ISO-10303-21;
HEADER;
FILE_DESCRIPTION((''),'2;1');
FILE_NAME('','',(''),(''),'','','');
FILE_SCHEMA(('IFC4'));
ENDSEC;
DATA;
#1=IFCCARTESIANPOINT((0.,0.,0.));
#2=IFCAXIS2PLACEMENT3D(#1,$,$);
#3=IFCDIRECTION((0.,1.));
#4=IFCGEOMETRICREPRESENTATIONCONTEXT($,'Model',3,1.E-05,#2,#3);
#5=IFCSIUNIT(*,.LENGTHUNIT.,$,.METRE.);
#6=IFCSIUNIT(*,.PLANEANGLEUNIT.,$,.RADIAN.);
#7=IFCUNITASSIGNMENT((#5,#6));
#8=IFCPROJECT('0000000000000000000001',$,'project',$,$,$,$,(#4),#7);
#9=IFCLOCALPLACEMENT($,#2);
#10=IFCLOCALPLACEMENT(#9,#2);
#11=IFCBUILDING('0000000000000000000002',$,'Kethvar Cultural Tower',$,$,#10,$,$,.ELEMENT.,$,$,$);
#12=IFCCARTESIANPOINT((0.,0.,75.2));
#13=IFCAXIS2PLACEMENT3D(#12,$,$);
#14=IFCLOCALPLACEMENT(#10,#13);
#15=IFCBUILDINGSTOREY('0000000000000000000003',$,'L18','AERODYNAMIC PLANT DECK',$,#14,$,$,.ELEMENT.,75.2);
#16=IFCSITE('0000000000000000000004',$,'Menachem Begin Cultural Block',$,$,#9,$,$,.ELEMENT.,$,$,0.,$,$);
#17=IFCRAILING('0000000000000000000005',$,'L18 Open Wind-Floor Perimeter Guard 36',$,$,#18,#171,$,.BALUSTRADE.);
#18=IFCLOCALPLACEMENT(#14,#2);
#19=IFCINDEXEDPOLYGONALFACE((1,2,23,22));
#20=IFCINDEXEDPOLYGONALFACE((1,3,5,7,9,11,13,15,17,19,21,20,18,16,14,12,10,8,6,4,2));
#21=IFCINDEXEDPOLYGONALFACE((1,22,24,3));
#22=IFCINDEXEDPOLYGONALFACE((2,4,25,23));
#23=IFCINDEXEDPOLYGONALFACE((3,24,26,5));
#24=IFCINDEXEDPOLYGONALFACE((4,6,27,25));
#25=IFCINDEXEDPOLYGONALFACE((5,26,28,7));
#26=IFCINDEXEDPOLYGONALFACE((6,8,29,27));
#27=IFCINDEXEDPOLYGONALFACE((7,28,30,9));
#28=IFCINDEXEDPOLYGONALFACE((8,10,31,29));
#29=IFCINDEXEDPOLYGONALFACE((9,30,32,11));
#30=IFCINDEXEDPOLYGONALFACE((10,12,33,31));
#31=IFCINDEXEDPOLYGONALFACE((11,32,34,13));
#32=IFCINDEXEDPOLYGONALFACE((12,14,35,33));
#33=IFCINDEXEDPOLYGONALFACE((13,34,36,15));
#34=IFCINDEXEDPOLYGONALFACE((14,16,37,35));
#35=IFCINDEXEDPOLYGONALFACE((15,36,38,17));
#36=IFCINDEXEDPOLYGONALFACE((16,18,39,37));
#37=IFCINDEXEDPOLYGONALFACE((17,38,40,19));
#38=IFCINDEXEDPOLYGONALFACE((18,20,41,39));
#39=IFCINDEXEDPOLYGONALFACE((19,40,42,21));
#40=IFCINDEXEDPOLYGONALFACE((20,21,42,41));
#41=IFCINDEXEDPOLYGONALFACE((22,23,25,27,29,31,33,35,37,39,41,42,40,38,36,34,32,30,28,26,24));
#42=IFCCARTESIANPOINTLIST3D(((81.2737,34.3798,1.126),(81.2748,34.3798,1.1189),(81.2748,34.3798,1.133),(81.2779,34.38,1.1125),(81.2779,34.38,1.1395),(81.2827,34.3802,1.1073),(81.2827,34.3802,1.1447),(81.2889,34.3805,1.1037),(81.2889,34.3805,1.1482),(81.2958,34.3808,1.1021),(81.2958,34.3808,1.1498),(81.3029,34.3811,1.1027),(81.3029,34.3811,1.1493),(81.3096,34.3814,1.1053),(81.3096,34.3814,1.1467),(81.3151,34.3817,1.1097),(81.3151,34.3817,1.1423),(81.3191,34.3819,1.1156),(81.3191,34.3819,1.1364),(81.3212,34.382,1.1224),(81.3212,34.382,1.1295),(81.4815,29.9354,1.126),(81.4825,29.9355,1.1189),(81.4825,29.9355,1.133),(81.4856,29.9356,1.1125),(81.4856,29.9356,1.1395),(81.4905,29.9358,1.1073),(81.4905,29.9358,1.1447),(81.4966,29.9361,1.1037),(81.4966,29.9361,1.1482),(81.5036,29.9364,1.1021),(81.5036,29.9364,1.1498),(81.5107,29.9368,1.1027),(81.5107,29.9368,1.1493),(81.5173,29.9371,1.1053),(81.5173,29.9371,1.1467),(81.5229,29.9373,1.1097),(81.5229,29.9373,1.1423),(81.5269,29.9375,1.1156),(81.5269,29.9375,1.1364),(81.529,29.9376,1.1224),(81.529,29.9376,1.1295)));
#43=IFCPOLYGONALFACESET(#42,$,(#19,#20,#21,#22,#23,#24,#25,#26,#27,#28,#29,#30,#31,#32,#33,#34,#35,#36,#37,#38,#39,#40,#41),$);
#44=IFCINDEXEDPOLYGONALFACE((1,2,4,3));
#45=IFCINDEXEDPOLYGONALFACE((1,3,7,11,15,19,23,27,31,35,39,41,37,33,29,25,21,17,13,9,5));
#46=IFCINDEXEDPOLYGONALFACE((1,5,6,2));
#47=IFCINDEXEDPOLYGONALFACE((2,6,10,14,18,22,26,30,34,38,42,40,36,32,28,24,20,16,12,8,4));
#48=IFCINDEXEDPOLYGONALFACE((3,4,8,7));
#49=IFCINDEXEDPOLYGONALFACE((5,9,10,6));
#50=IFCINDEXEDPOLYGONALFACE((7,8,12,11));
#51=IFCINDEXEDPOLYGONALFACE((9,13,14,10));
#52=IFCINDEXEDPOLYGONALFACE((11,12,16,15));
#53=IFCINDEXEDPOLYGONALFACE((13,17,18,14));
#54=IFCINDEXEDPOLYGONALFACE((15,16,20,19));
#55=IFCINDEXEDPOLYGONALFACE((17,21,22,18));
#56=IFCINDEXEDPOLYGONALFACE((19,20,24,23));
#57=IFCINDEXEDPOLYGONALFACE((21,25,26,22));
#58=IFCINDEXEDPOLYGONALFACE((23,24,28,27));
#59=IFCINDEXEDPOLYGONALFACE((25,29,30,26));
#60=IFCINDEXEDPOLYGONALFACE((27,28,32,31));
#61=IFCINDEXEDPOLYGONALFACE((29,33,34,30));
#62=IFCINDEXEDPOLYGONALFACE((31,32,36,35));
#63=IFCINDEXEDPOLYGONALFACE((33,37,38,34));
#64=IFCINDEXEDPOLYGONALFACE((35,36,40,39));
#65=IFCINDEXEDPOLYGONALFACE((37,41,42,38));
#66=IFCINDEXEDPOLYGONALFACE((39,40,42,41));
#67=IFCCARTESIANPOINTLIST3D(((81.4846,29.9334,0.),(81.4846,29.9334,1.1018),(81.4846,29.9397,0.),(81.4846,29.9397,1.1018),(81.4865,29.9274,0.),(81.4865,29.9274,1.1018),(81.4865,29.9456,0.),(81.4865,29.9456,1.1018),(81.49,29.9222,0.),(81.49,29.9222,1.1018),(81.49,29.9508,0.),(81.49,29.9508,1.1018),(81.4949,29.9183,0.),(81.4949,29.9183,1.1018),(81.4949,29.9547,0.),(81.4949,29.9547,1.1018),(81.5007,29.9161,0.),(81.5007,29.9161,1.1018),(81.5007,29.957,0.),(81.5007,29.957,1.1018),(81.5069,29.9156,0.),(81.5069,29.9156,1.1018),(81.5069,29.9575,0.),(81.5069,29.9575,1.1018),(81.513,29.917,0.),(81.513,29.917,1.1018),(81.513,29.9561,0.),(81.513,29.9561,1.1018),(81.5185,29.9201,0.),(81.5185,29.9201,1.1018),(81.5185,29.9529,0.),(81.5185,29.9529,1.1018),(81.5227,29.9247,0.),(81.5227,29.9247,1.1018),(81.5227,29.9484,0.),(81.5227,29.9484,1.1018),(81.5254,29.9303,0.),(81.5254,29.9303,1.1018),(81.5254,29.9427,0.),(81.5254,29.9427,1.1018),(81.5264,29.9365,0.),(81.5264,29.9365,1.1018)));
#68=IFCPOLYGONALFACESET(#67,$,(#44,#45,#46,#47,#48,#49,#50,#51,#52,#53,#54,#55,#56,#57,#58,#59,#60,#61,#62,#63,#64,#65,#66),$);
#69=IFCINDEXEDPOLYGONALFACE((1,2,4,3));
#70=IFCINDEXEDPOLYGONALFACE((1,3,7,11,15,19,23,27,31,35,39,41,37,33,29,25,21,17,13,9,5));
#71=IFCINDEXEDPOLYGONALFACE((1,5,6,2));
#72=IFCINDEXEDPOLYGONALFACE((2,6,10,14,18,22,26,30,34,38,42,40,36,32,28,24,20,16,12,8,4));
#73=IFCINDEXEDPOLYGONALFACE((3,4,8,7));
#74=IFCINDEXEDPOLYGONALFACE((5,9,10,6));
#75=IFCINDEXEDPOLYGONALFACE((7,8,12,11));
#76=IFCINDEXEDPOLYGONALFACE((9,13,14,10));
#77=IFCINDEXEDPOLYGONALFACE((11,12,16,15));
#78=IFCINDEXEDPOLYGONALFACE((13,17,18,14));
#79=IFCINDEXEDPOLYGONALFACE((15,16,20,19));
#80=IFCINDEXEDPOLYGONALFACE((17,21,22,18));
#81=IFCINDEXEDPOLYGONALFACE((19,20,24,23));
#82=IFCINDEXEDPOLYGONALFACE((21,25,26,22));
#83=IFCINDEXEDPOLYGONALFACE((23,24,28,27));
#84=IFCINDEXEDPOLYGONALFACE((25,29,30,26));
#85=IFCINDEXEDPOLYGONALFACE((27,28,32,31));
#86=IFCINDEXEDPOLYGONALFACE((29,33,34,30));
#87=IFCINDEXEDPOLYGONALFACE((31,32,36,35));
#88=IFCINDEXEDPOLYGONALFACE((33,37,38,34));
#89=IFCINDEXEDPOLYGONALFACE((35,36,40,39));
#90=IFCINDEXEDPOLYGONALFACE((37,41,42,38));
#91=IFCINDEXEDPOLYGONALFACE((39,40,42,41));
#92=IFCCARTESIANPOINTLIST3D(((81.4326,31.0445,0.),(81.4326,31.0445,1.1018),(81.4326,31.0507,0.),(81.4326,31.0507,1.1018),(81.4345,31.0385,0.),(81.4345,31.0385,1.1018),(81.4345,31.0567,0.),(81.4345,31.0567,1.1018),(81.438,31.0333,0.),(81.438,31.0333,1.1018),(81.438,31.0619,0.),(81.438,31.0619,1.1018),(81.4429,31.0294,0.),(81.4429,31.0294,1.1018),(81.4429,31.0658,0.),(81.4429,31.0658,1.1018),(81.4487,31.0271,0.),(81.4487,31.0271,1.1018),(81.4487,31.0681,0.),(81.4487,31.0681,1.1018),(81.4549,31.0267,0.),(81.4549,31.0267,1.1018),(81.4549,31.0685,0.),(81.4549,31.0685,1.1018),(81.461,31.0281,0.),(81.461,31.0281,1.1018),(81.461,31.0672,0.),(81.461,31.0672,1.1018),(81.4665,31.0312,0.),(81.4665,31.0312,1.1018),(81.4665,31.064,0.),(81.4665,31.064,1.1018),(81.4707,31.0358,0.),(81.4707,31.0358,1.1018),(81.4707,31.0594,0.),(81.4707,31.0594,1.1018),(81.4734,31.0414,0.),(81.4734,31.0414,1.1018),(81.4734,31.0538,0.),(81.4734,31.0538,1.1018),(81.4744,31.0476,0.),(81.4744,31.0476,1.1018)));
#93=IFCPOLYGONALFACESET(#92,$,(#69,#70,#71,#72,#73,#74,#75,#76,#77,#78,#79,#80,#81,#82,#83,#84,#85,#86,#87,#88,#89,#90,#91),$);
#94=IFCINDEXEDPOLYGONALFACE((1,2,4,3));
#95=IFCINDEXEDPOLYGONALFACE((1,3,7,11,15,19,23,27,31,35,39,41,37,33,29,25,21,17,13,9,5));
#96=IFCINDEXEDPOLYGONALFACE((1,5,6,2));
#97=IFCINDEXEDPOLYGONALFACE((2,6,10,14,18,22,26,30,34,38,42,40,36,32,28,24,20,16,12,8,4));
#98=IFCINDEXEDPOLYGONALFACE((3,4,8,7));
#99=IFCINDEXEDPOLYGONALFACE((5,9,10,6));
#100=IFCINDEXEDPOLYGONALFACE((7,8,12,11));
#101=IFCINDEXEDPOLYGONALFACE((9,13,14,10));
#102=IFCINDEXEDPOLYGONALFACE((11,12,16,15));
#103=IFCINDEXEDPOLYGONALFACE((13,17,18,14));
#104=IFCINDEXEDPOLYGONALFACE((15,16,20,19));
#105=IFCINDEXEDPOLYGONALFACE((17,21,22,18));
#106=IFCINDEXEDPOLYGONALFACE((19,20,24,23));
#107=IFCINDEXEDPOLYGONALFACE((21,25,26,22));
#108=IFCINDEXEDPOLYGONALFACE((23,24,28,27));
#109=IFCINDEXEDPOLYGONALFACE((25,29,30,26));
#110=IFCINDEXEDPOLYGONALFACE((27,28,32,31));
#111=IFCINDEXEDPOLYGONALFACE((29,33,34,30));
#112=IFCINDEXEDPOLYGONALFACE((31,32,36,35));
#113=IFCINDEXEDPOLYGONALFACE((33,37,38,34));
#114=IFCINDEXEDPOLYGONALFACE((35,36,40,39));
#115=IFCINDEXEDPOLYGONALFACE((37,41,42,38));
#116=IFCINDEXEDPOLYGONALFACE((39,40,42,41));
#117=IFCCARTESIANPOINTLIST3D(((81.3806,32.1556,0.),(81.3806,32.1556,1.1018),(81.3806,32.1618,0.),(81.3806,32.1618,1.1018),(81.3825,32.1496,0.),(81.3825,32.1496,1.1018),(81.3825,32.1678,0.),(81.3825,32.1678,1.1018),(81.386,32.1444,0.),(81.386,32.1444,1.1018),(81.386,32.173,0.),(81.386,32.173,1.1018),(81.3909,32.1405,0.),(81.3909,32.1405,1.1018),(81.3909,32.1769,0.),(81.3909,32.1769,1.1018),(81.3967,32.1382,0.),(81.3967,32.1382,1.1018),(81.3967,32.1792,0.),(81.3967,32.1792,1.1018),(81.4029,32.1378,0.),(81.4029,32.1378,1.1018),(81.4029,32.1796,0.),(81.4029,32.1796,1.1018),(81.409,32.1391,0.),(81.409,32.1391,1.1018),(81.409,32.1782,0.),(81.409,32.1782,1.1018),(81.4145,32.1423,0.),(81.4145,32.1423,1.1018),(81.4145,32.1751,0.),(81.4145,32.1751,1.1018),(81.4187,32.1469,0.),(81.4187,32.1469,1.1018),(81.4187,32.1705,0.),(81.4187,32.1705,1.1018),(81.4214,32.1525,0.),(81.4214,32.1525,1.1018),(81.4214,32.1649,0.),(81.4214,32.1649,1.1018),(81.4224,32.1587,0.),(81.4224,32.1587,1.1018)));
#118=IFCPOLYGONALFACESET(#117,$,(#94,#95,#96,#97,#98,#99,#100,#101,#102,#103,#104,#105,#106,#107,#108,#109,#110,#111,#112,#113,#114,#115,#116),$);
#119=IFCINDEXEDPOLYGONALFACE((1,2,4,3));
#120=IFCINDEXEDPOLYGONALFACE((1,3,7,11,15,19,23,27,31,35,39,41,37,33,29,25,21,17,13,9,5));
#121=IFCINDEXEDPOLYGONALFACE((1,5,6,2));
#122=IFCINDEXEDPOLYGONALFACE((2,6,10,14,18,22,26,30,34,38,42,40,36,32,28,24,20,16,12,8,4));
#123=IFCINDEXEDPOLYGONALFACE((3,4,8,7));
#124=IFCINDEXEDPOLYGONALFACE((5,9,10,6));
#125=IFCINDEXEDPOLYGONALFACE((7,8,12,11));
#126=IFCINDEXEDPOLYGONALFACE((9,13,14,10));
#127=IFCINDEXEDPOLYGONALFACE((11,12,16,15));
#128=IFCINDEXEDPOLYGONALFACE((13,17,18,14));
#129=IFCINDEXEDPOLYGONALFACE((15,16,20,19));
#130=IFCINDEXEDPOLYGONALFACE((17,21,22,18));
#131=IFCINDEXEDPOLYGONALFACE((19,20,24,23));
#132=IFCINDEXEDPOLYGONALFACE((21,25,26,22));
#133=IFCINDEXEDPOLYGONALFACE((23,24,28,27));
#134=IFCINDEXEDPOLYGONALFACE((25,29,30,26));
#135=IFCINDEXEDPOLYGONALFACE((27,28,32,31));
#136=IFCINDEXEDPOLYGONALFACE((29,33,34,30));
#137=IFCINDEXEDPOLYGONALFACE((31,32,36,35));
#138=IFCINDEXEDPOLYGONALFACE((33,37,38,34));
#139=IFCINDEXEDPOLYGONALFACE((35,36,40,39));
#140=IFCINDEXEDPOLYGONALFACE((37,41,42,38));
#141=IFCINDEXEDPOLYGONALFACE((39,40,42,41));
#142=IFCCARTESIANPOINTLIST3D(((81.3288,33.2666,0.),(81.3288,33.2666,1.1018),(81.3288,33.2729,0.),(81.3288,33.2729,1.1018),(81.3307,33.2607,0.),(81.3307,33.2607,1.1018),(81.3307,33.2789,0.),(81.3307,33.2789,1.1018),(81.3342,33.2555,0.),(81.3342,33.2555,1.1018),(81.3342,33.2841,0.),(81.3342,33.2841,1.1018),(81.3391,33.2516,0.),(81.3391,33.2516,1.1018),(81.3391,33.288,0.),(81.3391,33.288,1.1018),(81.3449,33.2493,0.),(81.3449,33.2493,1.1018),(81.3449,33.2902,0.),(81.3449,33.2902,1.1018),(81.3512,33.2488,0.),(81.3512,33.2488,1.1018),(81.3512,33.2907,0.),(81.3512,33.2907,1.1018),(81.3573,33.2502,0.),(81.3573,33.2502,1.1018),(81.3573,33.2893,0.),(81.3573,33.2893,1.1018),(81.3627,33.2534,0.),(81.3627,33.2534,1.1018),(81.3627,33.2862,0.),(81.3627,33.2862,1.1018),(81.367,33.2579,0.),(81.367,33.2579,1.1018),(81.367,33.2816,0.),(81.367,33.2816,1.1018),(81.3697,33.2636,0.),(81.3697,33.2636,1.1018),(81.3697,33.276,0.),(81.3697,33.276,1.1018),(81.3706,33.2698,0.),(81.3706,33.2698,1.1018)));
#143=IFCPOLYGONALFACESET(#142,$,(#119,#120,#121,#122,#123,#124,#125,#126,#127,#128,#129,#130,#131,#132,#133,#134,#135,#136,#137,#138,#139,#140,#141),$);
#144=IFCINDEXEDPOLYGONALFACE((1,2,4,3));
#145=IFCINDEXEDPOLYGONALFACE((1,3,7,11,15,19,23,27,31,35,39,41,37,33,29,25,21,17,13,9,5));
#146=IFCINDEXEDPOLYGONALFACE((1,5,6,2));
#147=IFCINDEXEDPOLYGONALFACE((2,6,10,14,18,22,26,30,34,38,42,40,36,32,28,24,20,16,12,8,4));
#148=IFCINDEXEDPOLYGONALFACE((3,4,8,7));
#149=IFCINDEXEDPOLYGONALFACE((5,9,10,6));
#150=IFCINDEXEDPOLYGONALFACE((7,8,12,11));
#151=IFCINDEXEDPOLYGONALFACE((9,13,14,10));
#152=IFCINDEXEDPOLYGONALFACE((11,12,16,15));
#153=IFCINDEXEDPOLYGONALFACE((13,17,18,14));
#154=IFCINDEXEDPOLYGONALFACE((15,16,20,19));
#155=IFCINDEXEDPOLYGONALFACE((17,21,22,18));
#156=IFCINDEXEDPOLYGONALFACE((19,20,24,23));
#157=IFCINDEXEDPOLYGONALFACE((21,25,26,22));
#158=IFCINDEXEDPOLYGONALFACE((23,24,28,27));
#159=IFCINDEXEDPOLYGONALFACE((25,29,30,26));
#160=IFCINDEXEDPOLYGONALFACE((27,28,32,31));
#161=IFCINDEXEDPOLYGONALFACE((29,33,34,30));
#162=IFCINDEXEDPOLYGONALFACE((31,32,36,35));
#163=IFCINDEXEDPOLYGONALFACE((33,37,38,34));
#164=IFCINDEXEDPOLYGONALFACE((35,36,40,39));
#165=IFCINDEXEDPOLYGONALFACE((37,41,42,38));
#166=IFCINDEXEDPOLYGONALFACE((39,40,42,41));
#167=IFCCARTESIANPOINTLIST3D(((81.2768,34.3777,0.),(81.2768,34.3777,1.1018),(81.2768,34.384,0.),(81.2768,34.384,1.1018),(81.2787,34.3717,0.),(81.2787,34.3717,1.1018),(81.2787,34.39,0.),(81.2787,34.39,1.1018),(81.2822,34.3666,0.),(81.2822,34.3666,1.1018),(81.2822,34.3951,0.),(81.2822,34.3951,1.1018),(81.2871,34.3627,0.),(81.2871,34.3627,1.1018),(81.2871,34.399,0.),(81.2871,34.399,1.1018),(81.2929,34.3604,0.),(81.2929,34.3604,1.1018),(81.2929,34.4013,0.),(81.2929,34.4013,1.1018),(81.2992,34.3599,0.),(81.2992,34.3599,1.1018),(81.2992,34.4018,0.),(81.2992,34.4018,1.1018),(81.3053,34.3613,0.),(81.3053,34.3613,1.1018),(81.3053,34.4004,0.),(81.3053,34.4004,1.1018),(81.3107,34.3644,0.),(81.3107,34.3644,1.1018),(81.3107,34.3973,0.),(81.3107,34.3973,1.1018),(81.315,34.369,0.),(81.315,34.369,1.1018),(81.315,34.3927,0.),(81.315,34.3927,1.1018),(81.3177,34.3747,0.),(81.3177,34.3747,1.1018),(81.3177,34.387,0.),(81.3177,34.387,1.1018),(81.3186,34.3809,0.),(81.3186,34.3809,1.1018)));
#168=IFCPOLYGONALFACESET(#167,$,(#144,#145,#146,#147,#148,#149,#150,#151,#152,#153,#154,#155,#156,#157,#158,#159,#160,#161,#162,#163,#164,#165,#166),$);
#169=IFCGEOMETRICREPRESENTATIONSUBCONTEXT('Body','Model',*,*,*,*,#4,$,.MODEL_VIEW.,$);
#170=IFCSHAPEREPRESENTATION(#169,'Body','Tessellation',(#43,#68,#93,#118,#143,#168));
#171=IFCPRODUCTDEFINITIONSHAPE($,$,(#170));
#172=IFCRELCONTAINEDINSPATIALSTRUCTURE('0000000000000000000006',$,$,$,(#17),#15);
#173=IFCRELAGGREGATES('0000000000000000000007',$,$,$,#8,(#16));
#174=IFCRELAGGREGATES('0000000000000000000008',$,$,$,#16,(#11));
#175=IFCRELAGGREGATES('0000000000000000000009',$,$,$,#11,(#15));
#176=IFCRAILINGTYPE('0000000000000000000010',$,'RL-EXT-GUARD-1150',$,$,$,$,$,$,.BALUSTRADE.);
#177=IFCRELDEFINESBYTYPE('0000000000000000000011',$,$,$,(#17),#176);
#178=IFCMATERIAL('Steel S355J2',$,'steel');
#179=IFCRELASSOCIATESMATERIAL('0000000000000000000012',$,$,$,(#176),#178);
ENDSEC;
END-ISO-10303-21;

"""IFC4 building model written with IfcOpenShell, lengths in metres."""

from ifc_helpers import new_model, si_unit, direction, frame, origin, origin_2d, place, context, subcontext, project, spatial, circle, extrude, material, type_object, element, save


model = new_model("IFC4")

# Units and contexts
model_context = context("Model", 3, precision=1e-05, world=origin(), true_north=direction((0.0, 1.0)))
body_context = subcontext(model_context, "Body", "Model", "MODEL_VIEW")
ifc_project = project(units=[si_unit("LENGTHUNIT", "METRE"), si_unit("PLANEANGLEUNIT", "RADIAN")], contexts=[model_context])

# Site, building, storey
site_placement = place(None, origin())
site = spatial("IfcSite", under=ifc_project, at=site_placement, Name="Menachem Begin Cultural Block", CompositionType="ELEMENT", RefElevation=0.0)
building_placement = place(site_placement, origin())
building = spatial("IfcBuilding", under=site, at=building_placement, Name="Kethvar Cultural Tower", CompositionType="ELEMENT")
storey_placement = place(building_placement, frame((0.0, 0.0, 75.2)))
storey = spatial("IfcBuildingStorey", under=building, at=storey_placement, Name="L18", Description="AERODYNAMIC PLANT DECK", CompositionType="ELEMENT", Elevation=75.2)

# Shared definitions
ifc_material_1 = material(Name="Steel S355J2", Category="steel")

# Railing
railing_type = type_object("IfcRailingType", Name="RL-EXT-GUARD-1150", PredefinedType="BALUSTRADE", material=ifc_material_1)
railing_1_placement = place(storey_placement, frame((81.5054, 29.9365, 0.0)))
element("IfcRailing", 1, at=railing_1_placement, inside=storey, type_object=railing_type, Name="L18 Open Wind-Floor Perimeter Guard 36", PredefinedType="BALUSTRADE", context=body_context, shape_type="SweptSolid", body=[
    extrude(circle(Radius=0.0239, at=origin_2d()), frame((0.0, 0.0, 1.126), z_axis=(-0.046697, 0.998909, 0.0), x_axis=(-0.998909, -0.046697, 0.0)), (0.0, 0.0, 1.0), 4.4492),
    extrude(circle(Radius=0.021, at=origin_2d()), origin(), (0.0, 0.0, 1.0), 1.1018),
    extrude(circle(Radius=0.021, at=origin_2d()), frame((-0.052, 1.1111, 0.0)), (0.0, 0.0, 1.0), 1.1018),
    extrude(circle(Radius=0.021, at=origin_2d()), frame((-0.104, 2.2222, 0.0)), (0.0, 0.0, 1.0), 1.1018),
    extrude(circle(Radius=0.021, at=origin_2d()), frame((-0.1558, 3.3333, 0.0)), (0.0, 0.0, 1.0), 1.1018),
    extrude(circle(Radius=0.021, at=origin_2d()), frame((-0.2078, 4.4443, 0.0)), (0.0, 0.0, 1.0), 1.1018),
])

save(model, "model.ifc")
